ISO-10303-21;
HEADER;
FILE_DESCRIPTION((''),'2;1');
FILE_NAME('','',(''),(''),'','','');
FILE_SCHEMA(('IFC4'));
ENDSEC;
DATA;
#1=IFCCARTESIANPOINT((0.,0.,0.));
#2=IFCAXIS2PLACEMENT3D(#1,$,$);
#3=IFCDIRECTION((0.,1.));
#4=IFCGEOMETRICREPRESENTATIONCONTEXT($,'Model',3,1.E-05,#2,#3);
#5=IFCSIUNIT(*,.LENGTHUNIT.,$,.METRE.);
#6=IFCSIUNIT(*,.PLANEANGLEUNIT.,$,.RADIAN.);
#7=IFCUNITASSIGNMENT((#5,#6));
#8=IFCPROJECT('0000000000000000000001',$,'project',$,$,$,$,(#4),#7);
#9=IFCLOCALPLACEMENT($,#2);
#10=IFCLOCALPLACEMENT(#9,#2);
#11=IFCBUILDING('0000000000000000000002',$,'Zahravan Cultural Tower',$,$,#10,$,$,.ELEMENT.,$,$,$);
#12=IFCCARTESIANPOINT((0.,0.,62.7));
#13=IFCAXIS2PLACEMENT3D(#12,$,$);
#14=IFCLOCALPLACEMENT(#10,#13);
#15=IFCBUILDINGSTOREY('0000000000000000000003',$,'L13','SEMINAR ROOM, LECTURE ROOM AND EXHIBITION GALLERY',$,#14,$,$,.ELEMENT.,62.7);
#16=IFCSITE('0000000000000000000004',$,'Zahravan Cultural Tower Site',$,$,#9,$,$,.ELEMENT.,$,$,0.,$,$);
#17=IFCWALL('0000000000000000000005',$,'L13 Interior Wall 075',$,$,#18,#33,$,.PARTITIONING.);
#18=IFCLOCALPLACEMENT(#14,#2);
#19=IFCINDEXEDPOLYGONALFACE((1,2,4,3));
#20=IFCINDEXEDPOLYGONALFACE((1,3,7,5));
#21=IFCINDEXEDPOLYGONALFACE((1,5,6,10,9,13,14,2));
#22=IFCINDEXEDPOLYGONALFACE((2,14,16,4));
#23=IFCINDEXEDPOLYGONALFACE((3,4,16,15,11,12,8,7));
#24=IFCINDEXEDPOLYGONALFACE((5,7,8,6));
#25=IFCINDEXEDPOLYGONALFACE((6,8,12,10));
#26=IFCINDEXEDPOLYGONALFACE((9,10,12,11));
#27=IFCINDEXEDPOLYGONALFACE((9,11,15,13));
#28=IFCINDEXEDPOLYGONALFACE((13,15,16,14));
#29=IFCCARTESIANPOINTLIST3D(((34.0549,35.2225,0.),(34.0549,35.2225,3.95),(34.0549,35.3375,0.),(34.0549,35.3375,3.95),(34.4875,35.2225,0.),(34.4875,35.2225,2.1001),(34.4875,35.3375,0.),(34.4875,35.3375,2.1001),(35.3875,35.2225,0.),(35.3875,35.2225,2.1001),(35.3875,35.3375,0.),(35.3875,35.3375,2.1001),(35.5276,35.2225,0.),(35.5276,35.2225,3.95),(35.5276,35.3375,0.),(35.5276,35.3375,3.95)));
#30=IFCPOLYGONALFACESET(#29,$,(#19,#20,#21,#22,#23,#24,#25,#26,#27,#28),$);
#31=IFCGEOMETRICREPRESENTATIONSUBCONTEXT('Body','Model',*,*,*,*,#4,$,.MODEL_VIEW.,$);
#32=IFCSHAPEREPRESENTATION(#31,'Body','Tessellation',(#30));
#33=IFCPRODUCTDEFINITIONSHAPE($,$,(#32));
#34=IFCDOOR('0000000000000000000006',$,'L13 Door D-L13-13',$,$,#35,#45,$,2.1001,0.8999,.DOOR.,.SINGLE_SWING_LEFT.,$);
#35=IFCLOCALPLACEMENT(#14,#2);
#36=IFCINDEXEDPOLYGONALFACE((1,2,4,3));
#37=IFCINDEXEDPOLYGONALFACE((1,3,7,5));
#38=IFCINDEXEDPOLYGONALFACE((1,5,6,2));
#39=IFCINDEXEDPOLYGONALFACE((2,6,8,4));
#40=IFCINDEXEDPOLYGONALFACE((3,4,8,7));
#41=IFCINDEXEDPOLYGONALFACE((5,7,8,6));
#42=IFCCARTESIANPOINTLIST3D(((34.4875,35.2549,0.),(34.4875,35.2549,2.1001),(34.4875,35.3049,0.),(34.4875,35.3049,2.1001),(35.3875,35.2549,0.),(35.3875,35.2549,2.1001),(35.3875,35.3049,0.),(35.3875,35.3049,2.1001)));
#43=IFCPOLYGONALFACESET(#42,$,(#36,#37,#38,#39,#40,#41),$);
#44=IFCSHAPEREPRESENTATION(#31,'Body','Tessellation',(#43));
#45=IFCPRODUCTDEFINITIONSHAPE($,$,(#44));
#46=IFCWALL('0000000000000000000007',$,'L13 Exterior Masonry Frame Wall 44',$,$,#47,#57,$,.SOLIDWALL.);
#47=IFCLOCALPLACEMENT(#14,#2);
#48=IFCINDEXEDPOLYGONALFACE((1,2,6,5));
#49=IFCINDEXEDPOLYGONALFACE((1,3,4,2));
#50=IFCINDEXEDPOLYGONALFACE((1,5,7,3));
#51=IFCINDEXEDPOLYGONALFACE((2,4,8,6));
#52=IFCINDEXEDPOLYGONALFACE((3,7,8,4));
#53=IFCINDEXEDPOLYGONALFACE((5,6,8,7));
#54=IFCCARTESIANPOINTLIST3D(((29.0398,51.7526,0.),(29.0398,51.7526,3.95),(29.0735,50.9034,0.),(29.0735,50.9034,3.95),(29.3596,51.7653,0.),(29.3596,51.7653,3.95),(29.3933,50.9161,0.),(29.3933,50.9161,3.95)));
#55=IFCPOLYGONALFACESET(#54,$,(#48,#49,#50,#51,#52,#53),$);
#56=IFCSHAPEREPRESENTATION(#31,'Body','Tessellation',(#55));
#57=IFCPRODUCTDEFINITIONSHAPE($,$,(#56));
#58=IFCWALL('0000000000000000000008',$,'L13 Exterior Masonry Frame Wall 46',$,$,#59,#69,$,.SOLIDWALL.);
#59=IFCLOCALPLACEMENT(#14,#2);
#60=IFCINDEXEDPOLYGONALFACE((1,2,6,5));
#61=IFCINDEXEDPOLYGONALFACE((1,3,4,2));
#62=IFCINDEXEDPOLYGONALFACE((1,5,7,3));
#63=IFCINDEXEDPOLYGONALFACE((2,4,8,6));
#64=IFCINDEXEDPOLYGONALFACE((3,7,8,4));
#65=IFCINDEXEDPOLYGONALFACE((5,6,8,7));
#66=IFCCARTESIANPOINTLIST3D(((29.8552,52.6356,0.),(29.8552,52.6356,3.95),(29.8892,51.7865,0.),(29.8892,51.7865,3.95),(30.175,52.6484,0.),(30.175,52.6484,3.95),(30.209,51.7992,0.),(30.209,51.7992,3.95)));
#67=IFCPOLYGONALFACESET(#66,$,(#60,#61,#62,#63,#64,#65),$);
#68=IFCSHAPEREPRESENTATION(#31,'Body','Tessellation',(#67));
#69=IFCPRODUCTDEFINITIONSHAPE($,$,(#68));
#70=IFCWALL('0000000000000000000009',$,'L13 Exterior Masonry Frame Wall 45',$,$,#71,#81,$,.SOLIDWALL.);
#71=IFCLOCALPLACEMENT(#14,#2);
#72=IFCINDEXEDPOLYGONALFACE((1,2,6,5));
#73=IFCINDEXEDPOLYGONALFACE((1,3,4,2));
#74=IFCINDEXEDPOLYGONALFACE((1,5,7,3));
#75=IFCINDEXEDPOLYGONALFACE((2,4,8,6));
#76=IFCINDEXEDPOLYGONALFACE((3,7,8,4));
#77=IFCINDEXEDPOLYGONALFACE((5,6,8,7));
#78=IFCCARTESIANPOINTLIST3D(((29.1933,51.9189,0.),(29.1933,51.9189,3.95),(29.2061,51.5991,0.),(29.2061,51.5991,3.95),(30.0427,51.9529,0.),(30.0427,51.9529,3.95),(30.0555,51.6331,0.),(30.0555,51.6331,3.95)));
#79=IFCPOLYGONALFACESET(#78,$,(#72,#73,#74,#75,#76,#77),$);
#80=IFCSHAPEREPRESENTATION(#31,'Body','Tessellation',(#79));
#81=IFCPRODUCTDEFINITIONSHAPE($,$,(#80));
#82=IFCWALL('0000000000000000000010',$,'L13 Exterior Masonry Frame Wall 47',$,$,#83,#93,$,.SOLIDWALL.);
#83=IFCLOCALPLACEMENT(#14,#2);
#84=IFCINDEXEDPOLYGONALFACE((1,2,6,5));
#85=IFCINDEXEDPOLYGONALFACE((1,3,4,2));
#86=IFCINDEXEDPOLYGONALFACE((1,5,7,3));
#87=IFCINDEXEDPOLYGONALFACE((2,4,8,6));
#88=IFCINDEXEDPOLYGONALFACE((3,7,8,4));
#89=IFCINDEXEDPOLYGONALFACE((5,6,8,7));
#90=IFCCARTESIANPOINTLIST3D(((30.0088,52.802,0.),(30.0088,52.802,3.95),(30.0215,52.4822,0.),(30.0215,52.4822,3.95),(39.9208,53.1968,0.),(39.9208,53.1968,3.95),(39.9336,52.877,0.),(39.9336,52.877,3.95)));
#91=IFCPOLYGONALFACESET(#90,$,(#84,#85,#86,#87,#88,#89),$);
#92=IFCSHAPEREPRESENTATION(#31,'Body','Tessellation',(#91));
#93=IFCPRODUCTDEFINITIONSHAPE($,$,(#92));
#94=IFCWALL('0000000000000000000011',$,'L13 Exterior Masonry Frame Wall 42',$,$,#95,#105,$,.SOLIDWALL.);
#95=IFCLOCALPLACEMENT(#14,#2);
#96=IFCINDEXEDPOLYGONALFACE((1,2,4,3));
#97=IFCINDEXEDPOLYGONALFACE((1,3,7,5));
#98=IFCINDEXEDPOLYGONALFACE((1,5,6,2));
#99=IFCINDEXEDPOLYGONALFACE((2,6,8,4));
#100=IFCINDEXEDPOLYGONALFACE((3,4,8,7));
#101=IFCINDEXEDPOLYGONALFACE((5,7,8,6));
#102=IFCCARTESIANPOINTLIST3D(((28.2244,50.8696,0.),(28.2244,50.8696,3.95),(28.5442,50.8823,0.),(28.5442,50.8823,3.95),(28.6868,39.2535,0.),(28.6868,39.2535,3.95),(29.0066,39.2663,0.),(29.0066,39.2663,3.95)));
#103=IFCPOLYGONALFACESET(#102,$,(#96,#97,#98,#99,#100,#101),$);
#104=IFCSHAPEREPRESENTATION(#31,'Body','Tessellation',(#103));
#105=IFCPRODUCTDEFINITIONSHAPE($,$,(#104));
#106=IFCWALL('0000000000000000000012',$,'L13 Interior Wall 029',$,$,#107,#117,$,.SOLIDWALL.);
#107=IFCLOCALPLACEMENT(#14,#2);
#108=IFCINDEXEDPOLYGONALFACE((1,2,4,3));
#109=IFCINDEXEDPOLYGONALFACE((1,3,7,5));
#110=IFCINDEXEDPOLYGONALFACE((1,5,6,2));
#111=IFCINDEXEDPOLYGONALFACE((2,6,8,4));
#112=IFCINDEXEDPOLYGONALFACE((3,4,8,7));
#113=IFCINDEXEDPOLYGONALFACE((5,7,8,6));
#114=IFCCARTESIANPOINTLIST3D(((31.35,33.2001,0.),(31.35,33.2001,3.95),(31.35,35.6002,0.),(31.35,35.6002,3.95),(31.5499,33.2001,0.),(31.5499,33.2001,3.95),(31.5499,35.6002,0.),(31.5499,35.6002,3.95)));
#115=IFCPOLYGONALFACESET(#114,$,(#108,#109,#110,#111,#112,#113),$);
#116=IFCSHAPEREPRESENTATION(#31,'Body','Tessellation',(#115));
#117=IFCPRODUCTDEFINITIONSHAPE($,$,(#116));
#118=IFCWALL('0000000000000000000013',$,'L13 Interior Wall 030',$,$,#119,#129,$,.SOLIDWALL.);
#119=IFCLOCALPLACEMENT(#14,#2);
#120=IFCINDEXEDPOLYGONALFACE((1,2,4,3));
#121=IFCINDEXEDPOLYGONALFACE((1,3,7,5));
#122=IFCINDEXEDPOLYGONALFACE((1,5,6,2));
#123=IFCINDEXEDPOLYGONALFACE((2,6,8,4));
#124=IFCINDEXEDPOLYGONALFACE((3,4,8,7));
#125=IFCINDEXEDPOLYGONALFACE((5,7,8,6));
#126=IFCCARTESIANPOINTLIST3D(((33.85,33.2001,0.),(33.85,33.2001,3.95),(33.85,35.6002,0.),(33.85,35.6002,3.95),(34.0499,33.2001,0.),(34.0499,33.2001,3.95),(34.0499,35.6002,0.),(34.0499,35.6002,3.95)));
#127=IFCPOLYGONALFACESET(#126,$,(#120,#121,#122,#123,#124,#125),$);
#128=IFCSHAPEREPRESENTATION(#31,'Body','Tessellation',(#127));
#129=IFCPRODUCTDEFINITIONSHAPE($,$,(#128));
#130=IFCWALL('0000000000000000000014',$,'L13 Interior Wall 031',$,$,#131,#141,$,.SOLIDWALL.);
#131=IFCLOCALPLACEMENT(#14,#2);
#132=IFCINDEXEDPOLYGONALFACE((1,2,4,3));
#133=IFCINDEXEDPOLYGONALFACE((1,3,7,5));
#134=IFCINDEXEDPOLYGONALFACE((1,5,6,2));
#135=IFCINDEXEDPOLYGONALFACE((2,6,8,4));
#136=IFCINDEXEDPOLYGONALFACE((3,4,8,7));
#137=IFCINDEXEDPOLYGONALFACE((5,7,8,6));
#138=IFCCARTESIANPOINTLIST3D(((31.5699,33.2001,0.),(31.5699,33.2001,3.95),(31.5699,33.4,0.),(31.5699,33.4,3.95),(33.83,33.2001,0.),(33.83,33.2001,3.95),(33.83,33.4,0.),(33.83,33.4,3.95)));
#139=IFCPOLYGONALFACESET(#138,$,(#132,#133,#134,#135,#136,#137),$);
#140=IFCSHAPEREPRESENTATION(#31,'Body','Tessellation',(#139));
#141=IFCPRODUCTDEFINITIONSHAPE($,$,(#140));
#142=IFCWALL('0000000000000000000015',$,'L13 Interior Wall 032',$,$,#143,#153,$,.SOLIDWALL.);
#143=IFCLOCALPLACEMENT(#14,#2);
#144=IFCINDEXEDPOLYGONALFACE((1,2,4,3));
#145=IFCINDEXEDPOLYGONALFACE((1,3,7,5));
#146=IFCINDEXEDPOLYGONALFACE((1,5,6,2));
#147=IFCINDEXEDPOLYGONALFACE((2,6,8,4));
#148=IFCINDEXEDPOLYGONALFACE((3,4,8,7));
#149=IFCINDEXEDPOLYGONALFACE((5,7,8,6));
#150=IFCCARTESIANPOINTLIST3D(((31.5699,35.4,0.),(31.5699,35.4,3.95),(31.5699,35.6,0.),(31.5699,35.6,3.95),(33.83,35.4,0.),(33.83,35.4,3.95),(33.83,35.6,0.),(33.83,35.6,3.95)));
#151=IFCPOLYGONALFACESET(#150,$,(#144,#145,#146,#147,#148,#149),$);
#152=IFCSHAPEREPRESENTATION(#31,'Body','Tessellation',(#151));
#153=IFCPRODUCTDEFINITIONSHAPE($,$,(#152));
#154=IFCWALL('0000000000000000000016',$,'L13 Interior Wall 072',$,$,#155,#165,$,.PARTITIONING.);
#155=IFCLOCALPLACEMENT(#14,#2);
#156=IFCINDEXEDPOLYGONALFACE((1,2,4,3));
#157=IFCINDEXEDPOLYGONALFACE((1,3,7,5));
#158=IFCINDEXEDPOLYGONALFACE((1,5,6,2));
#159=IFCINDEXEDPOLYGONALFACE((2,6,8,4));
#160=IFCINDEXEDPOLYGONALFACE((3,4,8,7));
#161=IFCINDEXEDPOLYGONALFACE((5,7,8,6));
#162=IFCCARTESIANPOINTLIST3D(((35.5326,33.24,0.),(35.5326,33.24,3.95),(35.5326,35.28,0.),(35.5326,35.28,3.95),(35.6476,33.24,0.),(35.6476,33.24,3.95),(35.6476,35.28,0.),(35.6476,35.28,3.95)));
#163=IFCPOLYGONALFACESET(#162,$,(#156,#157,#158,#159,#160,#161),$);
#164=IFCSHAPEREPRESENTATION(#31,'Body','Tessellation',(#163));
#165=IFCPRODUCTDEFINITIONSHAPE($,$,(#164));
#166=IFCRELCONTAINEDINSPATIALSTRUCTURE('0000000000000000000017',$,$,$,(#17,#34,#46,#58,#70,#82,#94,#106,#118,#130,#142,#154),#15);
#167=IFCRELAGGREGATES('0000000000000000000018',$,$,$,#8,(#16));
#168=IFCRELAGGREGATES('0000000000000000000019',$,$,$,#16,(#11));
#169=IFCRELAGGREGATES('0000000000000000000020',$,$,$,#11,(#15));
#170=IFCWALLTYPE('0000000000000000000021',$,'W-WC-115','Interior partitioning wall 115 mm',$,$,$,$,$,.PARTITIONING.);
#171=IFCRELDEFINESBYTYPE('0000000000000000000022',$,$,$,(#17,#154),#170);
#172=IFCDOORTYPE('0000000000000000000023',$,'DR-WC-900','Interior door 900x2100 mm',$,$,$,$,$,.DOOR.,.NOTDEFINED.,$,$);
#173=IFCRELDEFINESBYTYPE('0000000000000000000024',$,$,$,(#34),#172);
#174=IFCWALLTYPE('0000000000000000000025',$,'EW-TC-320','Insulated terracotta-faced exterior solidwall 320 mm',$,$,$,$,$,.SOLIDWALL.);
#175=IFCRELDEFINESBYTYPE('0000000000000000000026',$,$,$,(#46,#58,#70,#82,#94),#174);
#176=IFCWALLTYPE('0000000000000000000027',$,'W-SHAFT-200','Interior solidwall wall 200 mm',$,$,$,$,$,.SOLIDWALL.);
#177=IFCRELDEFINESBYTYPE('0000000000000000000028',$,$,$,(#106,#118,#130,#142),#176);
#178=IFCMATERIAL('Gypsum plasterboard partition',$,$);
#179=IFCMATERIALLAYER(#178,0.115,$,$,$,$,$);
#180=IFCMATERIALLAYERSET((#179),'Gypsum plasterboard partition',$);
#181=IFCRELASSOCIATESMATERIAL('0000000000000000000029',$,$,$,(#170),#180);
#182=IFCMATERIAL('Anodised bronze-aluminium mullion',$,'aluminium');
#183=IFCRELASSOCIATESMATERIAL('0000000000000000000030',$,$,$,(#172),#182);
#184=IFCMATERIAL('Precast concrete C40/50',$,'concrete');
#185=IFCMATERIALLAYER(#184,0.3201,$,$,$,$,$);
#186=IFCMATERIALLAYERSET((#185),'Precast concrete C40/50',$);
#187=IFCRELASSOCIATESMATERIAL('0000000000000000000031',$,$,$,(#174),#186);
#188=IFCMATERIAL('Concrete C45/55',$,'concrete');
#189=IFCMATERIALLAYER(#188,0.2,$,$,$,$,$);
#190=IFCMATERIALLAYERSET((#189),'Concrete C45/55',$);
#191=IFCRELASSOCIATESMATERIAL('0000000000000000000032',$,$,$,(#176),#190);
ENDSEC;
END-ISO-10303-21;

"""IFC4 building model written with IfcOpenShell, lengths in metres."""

from ifc_helpers import new_model, si_unit, direction, frame, frame_2d, origin, place, context, subcontext, project, spatial, rectangle, extrude, source, transform, mapped, material, layer, layer_set, type_object, element, fill, save


model = new_model("IFC4")

# Units and contexts
model_context = context("Model", 3, precision=1e-05, world=origin(), true_north=direction((0.0, 1.0)))
body_context = subcontext(model_context, "Body", "Model", "MODEL_VIEW")
ifc_project = project(units=[si_unit("LENGTHUNIT", "METRE"), si_unit("PLANEANGLEUNIT", "RADIAN")], contexts=[model_context])

# Site, building, storey
site_placement = place(None, origin())
site = spatial("IfcSite", under=ifc_project, at=site_placement, Name="Zahravan Cultural Tower Site", CompositionType="ELEMENT", RefElevation=0.0)
building_placement = place(site_placement, origin())
building = spatial("IfcBuilding", under=site, at=building_placement, Name="Zahravan Cultural Tower", CompositionType="ELEMENT")
storey_placement = place(building_placement, frame((0.0, 0.0, 62.7)))
storey = spatial("IfcBuildingStorey", under=building, at=storey_placement, Name="L13", Description="SEMINAR ROOM, LECTURE ROOM AND EXHIBITION GALLERY", CompositionType="ELEMENT", Elevation=62.7)

# Wall, opening, door
ifc_material_1 = material(Name="Gypsum plasterboard partition")
ifc_material_2 = material(Name="Anodised bronze-aluminium mullion", Category="aluminium")
ifc_layer_1 = layer(ifc_material_1, 0.115)
ifc_layer_set_1 = layer_set([ifc_layer_1], Name="Gypsum plasterboard partition")
wall_type_1 = type_object("IfcWallType", Name="W-WC-115", Description="Interior partitioning wall 115 mm", PredefinedType="PARTITIONING", material=ifc_layer_set_1)
wall_1_placement = place(storey_placement, frame((34.0549, 35.28, 0.0), z_axis=(0.0, 0.0, 1.0), x_axis=(1.0, 0.0, 0.0)))
wall_1 = element("IfcWall", 1, at=wall_1_placement, inside=storey, type_object=wall_type_1, Name="L13 Interior Wall 075", PredefinedType="PARTITIONING", context=body_context, shape_type="SweptSolid", body=[
    extrude(rectangle(XDim=1.4727, YDim=0.115, at=frame_2d((0.7363, 0.0))), origin(), (0.0, 0.0, 1.0), 3.95),
])
opening_1_placement = place(wall_1_placement, frame((0.4326, 0.0, 0.0)))
opening_1 = element("IfcOpeningElement", 2, at=opening_1_placement, cuts=wall_1, PredefinedType="OPENING", context=body_context, shape_type="SweptSolid", body=[
    extrude(rectangle(XDim=0.8999, YDim=2.1001, at=frame_2d((0.45, 1.05))), frame((0.0, 0.0674, 0.0), z_axis=(0.0, -1.0, 0.0), x_axis=(1.0, 0.0, 0.0)), (0.0, 0.0, 1.0), 0.135),
])
door_type_1 = type_object("IfcDoorType", Name="DR-WC-900", Description="Interior door 900x2100 mm", OperationType="NOTDEFINED", PredefinedType="DOOR", material=ifc_material_2)
shared_shape_1 = source(origin(), body_context, "Body", "SweptSolid", [
    extrude(rectangle(XDim=0.8999, YDim=2.1001, at=frame_2d((0.45, 1.05))), frame((0.0, 0.0249, 0.0), z_axis=(0.0, -1.0, 0.0), x_axis=(1.0, 0.0, 0.0)), (0.0, 0.0, 1.0), 0.05),
])
door_1_placement = place(opening_1_placement, origin())
door_1 = element("IfcDoor", 3, at=door_1_placement, inside=storey, type_object=door_type_1, Name="L13 Door D-L13-13", OperationType="SINGLE_SWING_LEFT", OverallHeight=2.1001, OverallWidth=0.8999, PredefinedType="DOOR", context=body_context, shape_type="MappedRepresentation", body=[
    mapped(shared_shape_1, transform((0.0, 0.0, 0.0), x_axis=(1.0, 0.0, 0.0), y_axis=(0.0, 1.0, 0.0), z_axis=(0.0, 0.0, 1.0), scale=1.0)),
])
fill(opening_1, door_1)

# Walls
ifc_material_3 = material(Name="Precast concrete C40/50", Category="concrete")
ifc_layer_2 = layer(ifc_material_3, 0.3201)
ifc_layer_set_2 = layer_set([ifc_layer_2], Name="Precast concrete C40/50")
wall_type_2 = type_object("IfcWallType", Name="EW-TC-320", Description="Insulated terracotta-faced exterior solidwall 320 mm", PredefinedType="SOLIDWALL", material=ifc_layer_set_2)
shared_shape_2 = source(origin(), body_context, "Body", "SweptSolid", [
    extrude(rectangle(XDim=0.8499, YDim=0.3201, at=frame_2d((0.4248, 0.0))), origin(), (0.0, 0.0, 1.0), 3.95),
])
for number, where, z_axis, x_axis, name in (
    (4, (29.2334, 50.9099, 0.0), (0.0, 0.0, 1.0), (-0.039647, 0.999214, 0.0), "L13 Exterior Masonry Frame Wall 44"),
    (5, (30.0491, 51.793, 0.0), (0.0, 0.0, 1.0), (-0.039934, 0.999202, 0.0), "L13 Exterior Masonry Frame Wall 46"),
):
    element("IfcWall", number, at=place(storey_placement, frame(where, z_axis=z_axis, x_axis=x_axis)), inside=storey, type_object=wall_type_2, Name=name, PredefinedType="SOLIDWALL", context=body_context, shape_type="MappedRepresentation", body=[
        mapped(shared_shape_2, transform((0.0, 0.0, 0.0), x_axis=(1.0, 0.0, 0.0), y_axis=(0.0, 1.0, 0.0), z_axis=(0.0, 0.0, 1.0), scale=1.0)),
    ])
shared_shape_3 = source(origin(), body_context, "Body", "SweptSolid", [
    extrude(rectangle(XDim=0.8501, YDim=0.3201, at=frame_2d((0.425, 0.0))), origin(), (0.0, 0.0, 1.0), 3.95),
])
wall_2_placement = place(storey_placement, frame((29.1997, 51.759, 0.0), z_axis=(0.0, 0.0, 1.0), x_axis=(0.999203, 0.039922, 0.0)))
element("IfcWall", 6, at=wall_2_placement, inside=storey, type_object=wall_type_2, Name="L13 Exterior Masonry Frame Wall 45", PredefinedType="SOLIDWALL", context=body_context, shape_type="MappedRepresentation", body=[
    mapped(shared_shape_3, transform((0.0, 0.0, 0.0), x_axis=(1.0, 0.0, 0.0), y_axis=(0.0, 1.0, 0.0), z_axis=(0.0, 0.0, 1.0), scale=1.0)),
])
shared_shape_4 = source(origin(), body_context, "Body", "SweptSolid", [
    extrude(rectangle(XDim=9.9199, YDim=0.3201, at=frame_2d((4.96, 0.0))), origin(), (0.0, 0.0, 1.0), 3.95),
])
wall_3_placement = place(storey_placement, frame((30.0151, 52.6421, 0.0), z_axis=(0.0, 0.0, 1.0), x_axis=(0.999208, 0.039796, 0.0)))
element("IfcWall", 7, at=wall_3_placement, inside=storey, type_object=wall_type_2, Name="L13 Exterior Masonry Frame Wall 47", PredefinedType="SOLIDWALL", context=body_context, shape_type="MappedRepresentation", body=[
    mapped(shared_shape_4, transform((0.0, 0.0, 0.0), x_axis=(1.0, 0.0, 0.0), y_axis=(0.0, 1.0, 0.0), z_axis=(0.0, 0.0, 1.0), scale=1.0)),
])
shared_shape_5 = source(origin(), body_context, "Body", "SweptSolid", [
    extrude(rectangle(XDim=11.6252, YDim=0.3201, at=frame_2d((5.8125, 0.0))), origin(), (0.0, 0.0, 1.0), 3.95),
])
wall_4_placement = place(storey_placement, frame((28.8467, 39.26, 0.0), z_axis=(0.0, 0.0, 1.0), x_axis=(-0.039776, 0.999209, 0.0)))
element("IfcWall", 8, at=wall_4_placement, inside=storey, type_object=wall_type_2, Name="L13 Exterior Masonry Frame Wall 42", PredefinedType="SOLIDWALL", context=body_context, shape_type="MappedRepresentation", body=[
    mapped(shared_shape_5, transform((0.0, 0.0, 0.0), x_axis=(1.0, 0.0, 0.0), y_axis=(0.0, 1.0, 0.0), z_axis=(0.0, 0.0, 1.0), scale=1.0)),
])
ifc_material_4 = material(Name="Concrete C45/55", Category="concrete")
ifc_layer_3 = layer(ifc_material_4, 0.2)
ifc_layer_set_3 = layer_set([ifc_layer_3], Name="Concrete C45/55")
wall_type_3 = type_object("IfcWallType", Name="W-SHAFT-200", Description="Interior solidwall wall 200 mm", PredefinedType="SOLIDWALL", material=ifc_layer_set_3)
shared_shape_6 = source(origin(), body_context, "Body", "SweptSolid", [
    extrude(rectangle(XDim=2.4001, YDim=0.2, at=frame_2d((1.2002, 0.0))), origin(), (0.0, 0.0, 1.0), 3.95),
])
for number, where, z_axis, x_axis, name in (
    (9, (31.45, 33.2, 0.0), (0.0, 0.0, 1.0), (0.0, 1.0, 0.0), "L13 Interior Wall 029"),
    (10, (33.95, 33.2, 0.0), (0.0, 0.0, 1.0), (0.0, 1.0, 0.0), "L13 Interior Wall 030"),
):
    element("IfcWall", number, at=place(storey_placement, frame(where, z_axis=z_axis, x_axis=x_axis)), inside=storey, type_object=wall_type_3, Name=name, PredefinedType="SOLIDWALL", context=body_context, shape_type="MappedRepresentation", body=[
        mapped(shared_shape_6, transform((0.0, 0.0, 0.0), x_axis=(1.0, 0.0, 0.0), y_axis=(0.0, 1.0, 0.0), z_axis=(0.0, 0.0, 1.0), scale=1.0)),
    ])
shared_shape_7 = source(origin(), body_context, "Body", "SweptSolid", [
    extrude(rectangle(XDim=2.26, YDim=0.2, at=frame_2d((1.1299, 0.0))), origin(), (0.0, 0.0, 1.0), 3.95),
])
for number, where, z_axis, x_axis, name in (
    (11, (31.5701, 33.3, 0.0), (0.0, 0.0, 1.0), (1.0, 0.0, 0.0), "L13 Interior Wall 031"),
    (12, (31.5701, 35.5, 0.0), (0.0, 0.0, 1.0), (1.0, 0.0, 0.0), "L13 Interior Wall 032"),
):
    element("IfcWall", number, at=place(storey_placement, frame(where, z_axis=z_axis, x_axis=x_axis)), inside=storey, type_object=wall_type_3, Name=name, PredefinedType="SOLIDWALL", context=body_context, shape_type="MappedRepresentation", body=[
        mapped(shared_shape_7, transform((0.0, 0.0, 0.0), x_axis=(1.0, 0.0, 0.0), y_axis=(0.0, 1.0, 0.0), z_axis=(0.0, 0.0, 1.0), scale=1.0)),
    ])
shared_shape_8 = source(origin(), body_context, "Body", "SweptSolid", [
    extrude(rectangle(XDim=2.04, YDim=0.115, at=frame_2d((1.02, 0.0))), origin(), (0.0, 0.0, 1.0), 3.95),
])
wall_5_placement = place(storey_placement, frame((35.5901, 33.24, 0.0), z_axis=(0.0, 0.0, 1.0), x_axis=(0.0, 1.0, 0.0)))
element("IfcWall", 13, at=wall_5_placement, inside=storey, type_object=wall_type_1, Name="L13 Interior Wall 072", PredefinedType="PARTITIONING", context=body_context, shape_type="MappedRepresentation", body=[
    mapped(shared_shape_8, transform((0.0, 0.0, 0.0), x_axis=(1.0, 0.0, 0.0), y_axis=(0.0, 1.0, 0.0), z_axis=(0.0, 0.0, 1.0), scale=1.0)),
])

save(model, "model.ifc")
